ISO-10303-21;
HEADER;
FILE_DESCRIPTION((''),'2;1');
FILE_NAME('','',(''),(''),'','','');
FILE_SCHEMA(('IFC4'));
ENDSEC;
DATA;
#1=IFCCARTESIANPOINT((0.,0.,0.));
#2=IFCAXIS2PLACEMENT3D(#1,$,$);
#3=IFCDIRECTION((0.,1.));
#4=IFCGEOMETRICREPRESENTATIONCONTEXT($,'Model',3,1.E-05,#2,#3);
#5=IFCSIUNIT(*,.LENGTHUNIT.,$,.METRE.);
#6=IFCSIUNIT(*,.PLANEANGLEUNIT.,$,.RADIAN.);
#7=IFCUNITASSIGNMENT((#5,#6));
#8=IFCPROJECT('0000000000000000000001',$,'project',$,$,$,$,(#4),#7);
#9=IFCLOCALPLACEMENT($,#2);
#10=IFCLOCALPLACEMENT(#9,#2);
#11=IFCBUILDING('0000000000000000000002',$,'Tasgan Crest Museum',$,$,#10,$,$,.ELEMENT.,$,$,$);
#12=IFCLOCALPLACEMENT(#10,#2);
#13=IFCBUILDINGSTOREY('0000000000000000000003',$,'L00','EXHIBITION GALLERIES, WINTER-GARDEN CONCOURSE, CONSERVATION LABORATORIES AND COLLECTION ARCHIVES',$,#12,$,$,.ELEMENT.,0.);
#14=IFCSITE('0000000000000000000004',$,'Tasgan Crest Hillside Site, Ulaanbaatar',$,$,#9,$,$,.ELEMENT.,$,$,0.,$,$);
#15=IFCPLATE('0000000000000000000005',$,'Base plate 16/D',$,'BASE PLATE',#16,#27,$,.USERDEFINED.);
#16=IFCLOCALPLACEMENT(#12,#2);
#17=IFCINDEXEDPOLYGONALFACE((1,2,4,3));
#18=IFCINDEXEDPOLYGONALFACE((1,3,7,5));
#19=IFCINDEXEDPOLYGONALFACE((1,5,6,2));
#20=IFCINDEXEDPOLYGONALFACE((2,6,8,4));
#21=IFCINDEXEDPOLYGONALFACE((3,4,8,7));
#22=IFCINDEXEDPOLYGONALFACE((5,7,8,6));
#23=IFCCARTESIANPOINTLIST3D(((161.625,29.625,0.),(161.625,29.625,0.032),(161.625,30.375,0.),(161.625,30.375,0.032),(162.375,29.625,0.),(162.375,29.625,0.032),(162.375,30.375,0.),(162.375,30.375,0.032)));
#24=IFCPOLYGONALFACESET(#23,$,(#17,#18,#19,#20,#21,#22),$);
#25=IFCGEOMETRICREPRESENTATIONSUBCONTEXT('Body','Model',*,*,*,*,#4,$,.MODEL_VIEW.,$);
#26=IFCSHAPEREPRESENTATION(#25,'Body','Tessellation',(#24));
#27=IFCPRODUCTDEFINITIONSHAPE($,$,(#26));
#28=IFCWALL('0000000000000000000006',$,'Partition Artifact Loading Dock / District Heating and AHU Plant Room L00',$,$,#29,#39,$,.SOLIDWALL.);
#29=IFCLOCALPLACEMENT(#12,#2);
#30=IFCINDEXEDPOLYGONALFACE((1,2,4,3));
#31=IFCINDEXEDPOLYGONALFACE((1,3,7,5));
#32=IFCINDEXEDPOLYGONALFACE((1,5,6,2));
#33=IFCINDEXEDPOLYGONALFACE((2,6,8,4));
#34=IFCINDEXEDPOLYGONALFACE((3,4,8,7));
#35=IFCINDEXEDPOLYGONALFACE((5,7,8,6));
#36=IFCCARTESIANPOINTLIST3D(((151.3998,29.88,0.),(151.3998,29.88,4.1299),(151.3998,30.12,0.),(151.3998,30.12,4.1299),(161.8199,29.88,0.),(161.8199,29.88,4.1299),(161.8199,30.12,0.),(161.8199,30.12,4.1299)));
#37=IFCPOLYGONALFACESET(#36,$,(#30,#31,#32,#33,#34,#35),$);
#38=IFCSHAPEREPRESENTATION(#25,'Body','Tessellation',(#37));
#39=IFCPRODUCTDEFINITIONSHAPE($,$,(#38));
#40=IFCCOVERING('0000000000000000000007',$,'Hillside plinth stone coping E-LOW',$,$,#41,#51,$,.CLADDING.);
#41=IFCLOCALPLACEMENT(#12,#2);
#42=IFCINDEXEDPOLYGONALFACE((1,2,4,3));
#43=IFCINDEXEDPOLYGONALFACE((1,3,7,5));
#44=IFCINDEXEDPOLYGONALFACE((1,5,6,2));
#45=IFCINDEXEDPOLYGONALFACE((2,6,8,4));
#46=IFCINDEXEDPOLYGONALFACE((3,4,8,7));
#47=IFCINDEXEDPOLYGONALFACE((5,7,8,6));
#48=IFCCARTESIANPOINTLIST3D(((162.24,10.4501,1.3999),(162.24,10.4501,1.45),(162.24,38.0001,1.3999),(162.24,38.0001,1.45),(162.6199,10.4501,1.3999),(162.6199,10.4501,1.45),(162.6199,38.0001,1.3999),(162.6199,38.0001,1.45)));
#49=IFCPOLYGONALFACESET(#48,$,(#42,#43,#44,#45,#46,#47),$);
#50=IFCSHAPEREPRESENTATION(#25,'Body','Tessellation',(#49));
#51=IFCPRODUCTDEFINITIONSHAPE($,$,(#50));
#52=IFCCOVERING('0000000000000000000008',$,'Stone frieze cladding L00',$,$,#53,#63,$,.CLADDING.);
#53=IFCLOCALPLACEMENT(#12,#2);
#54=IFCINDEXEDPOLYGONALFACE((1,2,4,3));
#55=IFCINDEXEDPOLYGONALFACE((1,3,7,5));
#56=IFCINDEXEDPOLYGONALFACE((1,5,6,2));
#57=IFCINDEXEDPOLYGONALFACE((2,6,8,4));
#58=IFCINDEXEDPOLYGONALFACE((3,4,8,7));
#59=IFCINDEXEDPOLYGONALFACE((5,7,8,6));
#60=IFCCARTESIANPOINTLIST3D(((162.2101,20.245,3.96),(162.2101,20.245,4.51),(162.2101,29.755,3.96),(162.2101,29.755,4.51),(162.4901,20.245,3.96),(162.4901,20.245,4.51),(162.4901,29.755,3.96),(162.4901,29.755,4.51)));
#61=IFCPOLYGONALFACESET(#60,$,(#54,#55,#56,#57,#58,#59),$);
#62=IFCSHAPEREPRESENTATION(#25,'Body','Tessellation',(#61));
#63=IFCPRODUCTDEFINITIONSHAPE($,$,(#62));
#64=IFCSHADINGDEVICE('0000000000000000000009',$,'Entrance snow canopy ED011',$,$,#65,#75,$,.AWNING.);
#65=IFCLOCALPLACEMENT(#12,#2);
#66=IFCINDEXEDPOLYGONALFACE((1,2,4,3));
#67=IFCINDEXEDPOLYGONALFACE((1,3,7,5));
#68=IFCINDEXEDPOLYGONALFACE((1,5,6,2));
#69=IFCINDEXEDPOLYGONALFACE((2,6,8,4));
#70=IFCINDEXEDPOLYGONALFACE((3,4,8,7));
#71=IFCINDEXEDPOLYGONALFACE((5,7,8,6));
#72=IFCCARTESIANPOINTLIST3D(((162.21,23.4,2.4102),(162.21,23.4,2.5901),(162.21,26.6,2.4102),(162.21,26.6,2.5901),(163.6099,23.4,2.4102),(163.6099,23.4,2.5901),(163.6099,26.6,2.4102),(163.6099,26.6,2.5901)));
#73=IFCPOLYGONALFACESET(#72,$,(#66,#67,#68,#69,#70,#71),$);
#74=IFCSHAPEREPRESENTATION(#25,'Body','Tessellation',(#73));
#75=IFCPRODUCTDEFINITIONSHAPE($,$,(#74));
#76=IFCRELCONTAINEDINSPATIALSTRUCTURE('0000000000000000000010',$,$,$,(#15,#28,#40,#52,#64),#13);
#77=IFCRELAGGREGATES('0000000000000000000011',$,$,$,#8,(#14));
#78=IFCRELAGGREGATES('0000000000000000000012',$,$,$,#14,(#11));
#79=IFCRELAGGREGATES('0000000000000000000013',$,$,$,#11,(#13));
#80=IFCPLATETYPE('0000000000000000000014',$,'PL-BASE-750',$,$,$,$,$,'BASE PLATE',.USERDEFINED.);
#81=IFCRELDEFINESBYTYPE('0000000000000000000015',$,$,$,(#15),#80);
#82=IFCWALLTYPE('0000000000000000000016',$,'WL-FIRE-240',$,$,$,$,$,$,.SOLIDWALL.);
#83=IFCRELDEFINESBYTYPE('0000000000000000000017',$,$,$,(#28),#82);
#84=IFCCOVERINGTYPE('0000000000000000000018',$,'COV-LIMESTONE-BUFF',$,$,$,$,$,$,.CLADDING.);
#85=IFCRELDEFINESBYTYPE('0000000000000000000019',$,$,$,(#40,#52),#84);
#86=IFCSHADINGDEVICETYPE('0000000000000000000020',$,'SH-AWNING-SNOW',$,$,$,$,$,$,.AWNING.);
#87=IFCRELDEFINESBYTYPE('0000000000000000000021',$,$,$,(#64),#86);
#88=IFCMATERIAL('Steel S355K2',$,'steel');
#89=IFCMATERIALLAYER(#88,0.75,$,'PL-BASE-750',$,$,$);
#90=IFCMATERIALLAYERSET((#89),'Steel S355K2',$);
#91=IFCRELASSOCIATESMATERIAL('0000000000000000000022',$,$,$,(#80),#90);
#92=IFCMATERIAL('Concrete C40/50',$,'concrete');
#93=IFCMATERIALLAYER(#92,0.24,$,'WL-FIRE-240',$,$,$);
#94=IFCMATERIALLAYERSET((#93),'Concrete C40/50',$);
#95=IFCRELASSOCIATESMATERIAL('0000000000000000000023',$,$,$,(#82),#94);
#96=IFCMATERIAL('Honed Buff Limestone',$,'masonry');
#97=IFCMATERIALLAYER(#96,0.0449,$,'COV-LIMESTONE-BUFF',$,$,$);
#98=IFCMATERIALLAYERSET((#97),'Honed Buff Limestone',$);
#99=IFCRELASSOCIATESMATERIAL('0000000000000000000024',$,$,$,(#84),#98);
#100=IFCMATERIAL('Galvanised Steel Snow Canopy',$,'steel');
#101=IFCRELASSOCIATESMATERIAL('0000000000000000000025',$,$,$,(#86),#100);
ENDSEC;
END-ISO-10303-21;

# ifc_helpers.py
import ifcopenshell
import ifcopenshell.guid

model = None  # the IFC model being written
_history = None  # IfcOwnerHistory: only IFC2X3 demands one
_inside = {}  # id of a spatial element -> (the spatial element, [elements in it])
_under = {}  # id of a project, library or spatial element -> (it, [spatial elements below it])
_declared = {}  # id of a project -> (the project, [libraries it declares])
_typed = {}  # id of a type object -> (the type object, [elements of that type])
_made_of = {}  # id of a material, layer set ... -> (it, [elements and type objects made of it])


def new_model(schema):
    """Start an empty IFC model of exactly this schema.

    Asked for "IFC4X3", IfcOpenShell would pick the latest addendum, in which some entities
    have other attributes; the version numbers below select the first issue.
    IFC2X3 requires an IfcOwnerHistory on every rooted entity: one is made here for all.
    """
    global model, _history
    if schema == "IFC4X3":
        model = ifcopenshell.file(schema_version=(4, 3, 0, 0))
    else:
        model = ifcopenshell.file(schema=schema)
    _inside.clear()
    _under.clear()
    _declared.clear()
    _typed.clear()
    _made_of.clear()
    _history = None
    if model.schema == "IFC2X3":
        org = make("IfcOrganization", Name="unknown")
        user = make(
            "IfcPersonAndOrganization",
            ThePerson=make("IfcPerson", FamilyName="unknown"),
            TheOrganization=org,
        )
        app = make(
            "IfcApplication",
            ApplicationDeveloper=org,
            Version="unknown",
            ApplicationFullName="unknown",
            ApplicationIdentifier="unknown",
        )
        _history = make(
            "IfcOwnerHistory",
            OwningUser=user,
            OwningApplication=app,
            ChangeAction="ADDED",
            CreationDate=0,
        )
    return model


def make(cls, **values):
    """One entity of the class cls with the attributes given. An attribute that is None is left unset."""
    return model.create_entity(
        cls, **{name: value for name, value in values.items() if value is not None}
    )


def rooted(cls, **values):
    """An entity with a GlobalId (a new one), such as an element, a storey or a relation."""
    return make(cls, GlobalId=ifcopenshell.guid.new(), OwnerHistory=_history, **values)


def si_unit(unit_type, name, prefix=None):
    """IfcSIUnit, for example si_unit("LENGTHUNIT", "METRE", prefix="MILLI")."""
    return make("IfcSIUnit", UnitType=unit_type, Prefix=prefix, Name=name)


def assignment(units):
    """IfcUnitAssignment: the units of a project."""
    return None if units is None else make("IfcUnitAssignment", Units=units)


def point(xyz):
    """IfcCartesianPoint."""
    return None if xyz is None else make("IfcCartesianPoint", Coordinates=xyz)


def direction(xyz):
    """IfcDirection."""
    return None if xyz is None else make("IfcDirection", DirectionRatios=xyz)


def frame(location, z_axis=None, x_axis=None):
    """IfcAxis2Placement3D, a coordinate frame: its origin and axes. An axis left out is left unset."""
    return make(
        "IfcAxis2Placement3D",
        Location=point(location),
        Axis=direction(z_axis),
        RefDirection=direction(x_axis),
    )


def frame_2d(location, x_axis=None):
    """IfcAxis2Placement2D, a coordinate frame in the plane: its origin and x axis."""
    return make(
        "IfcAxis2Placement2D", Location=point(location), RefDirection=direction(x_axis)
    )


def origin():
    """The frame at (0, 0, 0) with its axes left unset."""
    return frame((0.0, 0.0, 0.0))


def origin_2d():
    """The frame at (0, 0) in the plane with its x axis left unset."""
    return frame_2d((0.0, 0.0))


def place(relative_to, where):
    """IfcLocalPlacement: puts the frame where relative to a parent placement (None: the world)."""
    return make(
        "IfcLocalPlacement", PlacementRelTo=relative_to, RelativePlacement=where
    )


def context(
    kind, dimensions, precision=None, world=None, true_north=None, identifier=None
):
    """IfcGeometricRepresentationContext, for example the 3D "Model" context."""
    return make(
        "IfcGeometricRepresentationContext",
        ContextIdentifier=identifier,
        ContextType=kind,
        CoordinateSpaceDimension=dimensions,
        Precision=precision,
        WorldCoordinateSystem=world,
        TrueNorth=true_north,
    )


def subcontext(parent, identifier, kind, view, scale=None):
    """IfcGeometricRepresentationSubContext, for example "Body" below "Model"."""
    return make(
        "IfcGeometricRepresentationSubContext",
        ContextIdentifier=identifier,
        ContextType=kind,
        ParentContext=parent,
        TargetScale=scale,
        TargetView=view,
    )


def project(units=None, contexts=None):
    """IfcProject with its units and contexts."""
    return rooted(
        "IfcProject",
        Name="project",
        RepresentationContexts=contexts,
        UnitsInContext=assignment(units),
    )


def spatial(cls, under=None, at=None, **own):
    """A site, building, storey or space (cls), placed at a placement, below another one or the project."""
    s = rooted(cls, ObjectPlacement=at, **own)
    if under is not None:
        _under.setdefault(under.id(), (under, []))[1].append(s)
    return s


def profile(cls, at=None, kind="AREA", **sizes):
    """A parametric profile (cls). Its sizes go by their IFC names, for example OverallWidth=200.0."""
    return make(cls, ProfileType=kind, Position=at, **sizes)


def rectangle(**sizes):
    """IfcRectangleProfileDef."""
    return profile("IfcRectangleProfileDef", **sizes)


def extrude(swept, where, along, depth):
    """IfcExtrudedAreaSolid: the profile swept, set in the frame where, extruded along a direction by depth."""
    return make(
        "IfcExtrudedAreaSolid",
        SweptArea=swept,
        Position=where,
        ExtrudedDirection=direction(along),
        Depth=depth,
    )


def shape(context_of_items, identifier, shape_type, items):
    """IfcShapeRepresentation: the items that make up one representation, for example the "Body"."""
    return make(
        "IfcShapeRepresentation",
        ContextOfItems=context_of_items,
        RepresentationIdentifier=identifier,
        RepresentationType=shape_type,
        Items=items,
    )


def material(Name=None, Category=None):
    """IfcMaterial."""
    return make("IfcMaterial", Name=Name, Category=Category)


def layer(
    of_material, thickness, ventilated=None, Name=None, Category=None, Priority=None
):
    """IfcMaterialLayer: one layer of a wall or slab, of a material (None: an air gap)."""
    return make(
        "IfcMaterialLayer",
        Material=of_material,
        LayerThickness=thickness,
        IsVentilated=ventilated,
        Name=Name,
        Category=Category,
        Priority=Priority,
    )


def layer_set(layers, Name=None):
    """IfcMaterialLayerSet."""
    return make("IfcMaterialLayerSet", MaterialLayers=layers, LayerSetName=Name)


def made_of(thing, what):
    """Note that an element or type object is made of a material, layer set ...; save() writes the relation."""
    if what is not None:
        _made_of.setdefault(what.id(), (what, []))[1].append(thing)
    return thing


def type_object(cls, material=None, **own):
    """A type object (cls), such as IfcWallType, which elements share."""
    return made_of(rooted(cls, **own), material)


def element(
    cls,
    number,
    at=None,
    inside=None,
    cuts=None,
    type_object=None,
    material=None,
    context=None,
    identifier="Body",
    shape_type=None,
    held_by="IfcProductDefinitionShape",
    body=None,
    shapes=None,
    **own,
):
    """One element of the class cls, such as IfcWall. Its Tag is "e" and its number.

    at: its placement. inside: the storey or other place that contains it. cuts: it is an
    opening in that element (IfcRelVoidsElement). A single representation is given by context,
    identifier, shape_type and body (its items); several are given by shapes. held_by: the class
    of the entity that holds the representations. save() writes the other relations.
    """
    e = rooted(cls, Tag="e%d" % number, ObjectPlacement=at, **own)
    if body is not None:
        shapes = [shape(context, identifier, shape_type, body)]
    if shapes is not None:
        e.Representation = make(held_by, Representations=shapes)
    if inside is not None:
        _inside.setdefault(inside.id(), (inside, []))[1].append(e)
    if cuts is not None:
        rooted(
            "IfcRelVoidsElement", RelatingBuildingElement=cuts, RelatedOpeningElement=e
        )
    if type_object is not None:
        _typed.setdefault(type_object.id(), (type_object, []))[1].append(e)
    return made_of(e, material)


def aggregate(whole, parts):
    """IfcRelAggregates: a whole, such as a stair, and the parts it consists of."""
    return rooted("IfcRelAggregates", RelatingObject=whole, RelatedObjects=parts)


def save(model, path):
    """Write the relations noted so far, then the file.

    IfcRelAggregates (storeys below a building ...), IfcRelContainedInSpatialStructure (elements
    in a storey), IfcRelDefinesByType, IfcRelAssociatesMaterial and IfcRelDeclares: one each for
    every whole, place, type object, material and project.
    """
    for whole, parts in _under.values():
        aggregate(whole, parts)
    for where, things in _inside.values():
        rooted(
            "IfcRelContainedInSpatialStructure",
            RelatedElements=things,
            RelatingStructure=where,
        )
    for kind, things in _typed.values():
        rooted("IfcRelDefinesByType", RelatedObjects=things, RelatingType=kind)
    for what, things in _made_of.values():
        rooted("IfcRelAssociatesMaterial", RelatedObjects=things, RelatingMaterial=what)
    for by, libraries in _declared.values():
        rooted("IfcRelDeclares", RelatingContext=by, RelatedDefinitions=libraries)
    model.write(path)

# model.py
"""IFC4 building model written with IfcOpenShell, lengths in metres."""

from ifc_helpers import new_model, si_unit, direction, frame, frame_2d, origin, origin_2d, place, context, subcontext, project, spatial, rectangle, extrude, material, layer, layer_set, type_object, element, save


model = new_model("IFC4")

# Units and contexts
model_context = context("Model", 3, precision=1e-05, world=origin(), true_north=direction((0.0, 1.0)))
body_context = subcontext(model_context, "Body", "Model", "MODEL_VIEW")
ifc_project = project(units=[si_unit("LENGTHUNIT", "METRE"), si_unit("PLANEANGLEUNIT", "RADIAN")], contexts=[model_context])

# Site, building, storey
site_placement = place(None, origin())
site = spatial("IfcSite", under=ifc_project, at=site_placement, Name="Tasgan Crest Hillside Site, Ulaanbaatar", CompositionType="ELEMENT", RefElevation=0.0)
building_placement = place(site_placement, origin())
building = spatial("IfcBuilding", under=site, at=building_placement, Name="Tasgan Crest Museum", CompositionType="ELEMENT")
storey_placement = place(building_placement, origin())
storey = spatial("IfcBuildingStorey", under=building, at=storey_placement, Name="L00", Description="EXHIBITION GALLERIES, WINTER-GARDEN CONCOURSE, CONSERVATION LABORATORIES AND COLLECTION ARCHIVES", CompositionType="ELEMENT", Elevation=0.0)

# Plate
ifc_material_1 = material(Name="Steel S355K2", Category="steel")
ifc_layer_1 = layer(ifc_material_1, 0.75, Name="PL-BASE-750")
ifc_layer_set_1 = layer_set([ifc_layer_1], Name="Steel S355K2")
plate_type = type_object("IfcPlateType", Name="PL-BASE-750", ElementType="BASE PLATE", PredefinedType="USERDEFINED", material=ifc_layer_set_1)
for number, where, z_axis, x_axis, name in (
    (1, (162.0, 30.0, 0.0), (0.0, 0.0, 1.0), (1.0, 0.0, 0.0), "Base plate 16/D"),
):
    element("IfcPlate", number, at=place(storey_placement, frame(where, z_axis=z_axis, x_axis=x_axis)), inside=storey, type_object=plate_type, Name=name, ObjectType="BASE PLATE", PredefinedType="USERDEFINED", context=body_context, shape_type="SweptSolid", body=[
        extrude(rectangle(XDim=0.75, YDim=0.75, at=origin_2d()), origin(), (0.0, 0.0, 1.0), 0.032),
    ])

# Wall
ifc_material_2 = material(Name="Concrete C40/50", Category="concrete")
ifc_layer_2 = layer(ifc_material_2, 0.24, Name="WL-FIRE-240")
ifc_layer_set_2 = layer_set([ifc_layer_2], Name="Concrete C40/50")
wall_type = type_object("IfcWallType", Name="WL-FIRE-240", PredefinedType="SOLIDWALL", material=ifc_layer_set_2)
wall_placement = place(storey_placement, frame((151.3999, 30.0, 0.0), z_axis=(0.0, 0.0, 1.0), x_axis=(1.0, 0.0, 0.0)))
element("IfcWall", 2, at=wall_placement, inside=storey, type_object=wall_type, Name="Partition Artifact Loading Dock / District Heating and AHU Plant Room L00", PredefinedType="SOLIDWALL", context=body_context, shape_type="SweptSolid", body=[
    extrude(rectangle(XDim=10.4202, YDim=0.24, at=frame_2d((5.21, 0.0))), origin(), (0.0, 0.0, 1.0), 4.1299),
])

# Coverings
ifc_material_3 = material(Name="Honed Buff Limestone", Category="masonry")
ifc_layer_3 = layer(ifc_material_3, 0.0449, Name="COV-LIMESTONE-BUFF")
ifc_layer_set_3 = layer_set([ifc_layer_3], Name="Honed Buff Limestone")
covering_type = type_object("IfcCoveringType", Name="COV-LIMESTONE-BUFF", PredefinedType="CLADDING", material=ifc_layer_set_3)
covering_1_placement = place(storey_placement, frame((162.4299, 24.2251, 1.3999), z_axis=(0.0, 0.0, 1.0), x_axis=(0.0, 1.0, 0.0)))
element("IfcCovering", 3, at=covering_1_placement, inside=storey, type_object=covering_type, Name="Hillside plinth stone coping E-LOW", PredefinedType="CLADDING", context=body_context, shape_type="SweptSolid", body=[
    extrude(rectangle(XDim=27.55, YDim=0.3799, at=origin_2d()), origin(), (0.0, 0.0, 1.0), 0.05),
])
covering_2_placement = place(storey_placement, frame((162.3501, 25.0, 3.96), z_axis=(0.0, 0.0, 1.0), x_axis=(0.0, 1.0, 0.0)))
element("IfcCovering", 4, at=covering_2_placement, inside=storey, type_object=covering_type, Name="Stone frieze cladding L00", PredefinedType="CLADDING", context=body_context, shape_type="SweptSolid", body=[
    extrude(rectangle(XDim=9.51, YDim=0.28, at=origin_2d()), origin(), (0.0, 0.0, 1.0), 0.55),
])

# Shading device
ifc_material_4 = material(Name="Galvanised Steel Snow Canopy", Category="steel")
shading_device_type = type_object("IfcShadingDeviceType", Name="SH-AWNING-SNOW", PredefinedType="AWNING", material=ifc_material_4)
shading_device_placement = place(storey_placement, frame((162.9099, 25.0, 2.4102), z_axis=(0.0, 0.0, 1.0), x_axis=(0.0, 1.0, 0.0)))
element("IfcShadingDevice", 5, at=shading_device_placement, inside=storey, type_object=shading_device_type, Name="Entrance snow canopy ED011", PredefinedType="AWNING", context=body_context, shape_type="SweptSolid", body=[
    extrude(rectangle(XDim=3.2, YDim=1.3999, at=origin_2d()), origin(), (0.0, 0.0, 1.0), 0.1799),
])

save(model, "model.ifc")
